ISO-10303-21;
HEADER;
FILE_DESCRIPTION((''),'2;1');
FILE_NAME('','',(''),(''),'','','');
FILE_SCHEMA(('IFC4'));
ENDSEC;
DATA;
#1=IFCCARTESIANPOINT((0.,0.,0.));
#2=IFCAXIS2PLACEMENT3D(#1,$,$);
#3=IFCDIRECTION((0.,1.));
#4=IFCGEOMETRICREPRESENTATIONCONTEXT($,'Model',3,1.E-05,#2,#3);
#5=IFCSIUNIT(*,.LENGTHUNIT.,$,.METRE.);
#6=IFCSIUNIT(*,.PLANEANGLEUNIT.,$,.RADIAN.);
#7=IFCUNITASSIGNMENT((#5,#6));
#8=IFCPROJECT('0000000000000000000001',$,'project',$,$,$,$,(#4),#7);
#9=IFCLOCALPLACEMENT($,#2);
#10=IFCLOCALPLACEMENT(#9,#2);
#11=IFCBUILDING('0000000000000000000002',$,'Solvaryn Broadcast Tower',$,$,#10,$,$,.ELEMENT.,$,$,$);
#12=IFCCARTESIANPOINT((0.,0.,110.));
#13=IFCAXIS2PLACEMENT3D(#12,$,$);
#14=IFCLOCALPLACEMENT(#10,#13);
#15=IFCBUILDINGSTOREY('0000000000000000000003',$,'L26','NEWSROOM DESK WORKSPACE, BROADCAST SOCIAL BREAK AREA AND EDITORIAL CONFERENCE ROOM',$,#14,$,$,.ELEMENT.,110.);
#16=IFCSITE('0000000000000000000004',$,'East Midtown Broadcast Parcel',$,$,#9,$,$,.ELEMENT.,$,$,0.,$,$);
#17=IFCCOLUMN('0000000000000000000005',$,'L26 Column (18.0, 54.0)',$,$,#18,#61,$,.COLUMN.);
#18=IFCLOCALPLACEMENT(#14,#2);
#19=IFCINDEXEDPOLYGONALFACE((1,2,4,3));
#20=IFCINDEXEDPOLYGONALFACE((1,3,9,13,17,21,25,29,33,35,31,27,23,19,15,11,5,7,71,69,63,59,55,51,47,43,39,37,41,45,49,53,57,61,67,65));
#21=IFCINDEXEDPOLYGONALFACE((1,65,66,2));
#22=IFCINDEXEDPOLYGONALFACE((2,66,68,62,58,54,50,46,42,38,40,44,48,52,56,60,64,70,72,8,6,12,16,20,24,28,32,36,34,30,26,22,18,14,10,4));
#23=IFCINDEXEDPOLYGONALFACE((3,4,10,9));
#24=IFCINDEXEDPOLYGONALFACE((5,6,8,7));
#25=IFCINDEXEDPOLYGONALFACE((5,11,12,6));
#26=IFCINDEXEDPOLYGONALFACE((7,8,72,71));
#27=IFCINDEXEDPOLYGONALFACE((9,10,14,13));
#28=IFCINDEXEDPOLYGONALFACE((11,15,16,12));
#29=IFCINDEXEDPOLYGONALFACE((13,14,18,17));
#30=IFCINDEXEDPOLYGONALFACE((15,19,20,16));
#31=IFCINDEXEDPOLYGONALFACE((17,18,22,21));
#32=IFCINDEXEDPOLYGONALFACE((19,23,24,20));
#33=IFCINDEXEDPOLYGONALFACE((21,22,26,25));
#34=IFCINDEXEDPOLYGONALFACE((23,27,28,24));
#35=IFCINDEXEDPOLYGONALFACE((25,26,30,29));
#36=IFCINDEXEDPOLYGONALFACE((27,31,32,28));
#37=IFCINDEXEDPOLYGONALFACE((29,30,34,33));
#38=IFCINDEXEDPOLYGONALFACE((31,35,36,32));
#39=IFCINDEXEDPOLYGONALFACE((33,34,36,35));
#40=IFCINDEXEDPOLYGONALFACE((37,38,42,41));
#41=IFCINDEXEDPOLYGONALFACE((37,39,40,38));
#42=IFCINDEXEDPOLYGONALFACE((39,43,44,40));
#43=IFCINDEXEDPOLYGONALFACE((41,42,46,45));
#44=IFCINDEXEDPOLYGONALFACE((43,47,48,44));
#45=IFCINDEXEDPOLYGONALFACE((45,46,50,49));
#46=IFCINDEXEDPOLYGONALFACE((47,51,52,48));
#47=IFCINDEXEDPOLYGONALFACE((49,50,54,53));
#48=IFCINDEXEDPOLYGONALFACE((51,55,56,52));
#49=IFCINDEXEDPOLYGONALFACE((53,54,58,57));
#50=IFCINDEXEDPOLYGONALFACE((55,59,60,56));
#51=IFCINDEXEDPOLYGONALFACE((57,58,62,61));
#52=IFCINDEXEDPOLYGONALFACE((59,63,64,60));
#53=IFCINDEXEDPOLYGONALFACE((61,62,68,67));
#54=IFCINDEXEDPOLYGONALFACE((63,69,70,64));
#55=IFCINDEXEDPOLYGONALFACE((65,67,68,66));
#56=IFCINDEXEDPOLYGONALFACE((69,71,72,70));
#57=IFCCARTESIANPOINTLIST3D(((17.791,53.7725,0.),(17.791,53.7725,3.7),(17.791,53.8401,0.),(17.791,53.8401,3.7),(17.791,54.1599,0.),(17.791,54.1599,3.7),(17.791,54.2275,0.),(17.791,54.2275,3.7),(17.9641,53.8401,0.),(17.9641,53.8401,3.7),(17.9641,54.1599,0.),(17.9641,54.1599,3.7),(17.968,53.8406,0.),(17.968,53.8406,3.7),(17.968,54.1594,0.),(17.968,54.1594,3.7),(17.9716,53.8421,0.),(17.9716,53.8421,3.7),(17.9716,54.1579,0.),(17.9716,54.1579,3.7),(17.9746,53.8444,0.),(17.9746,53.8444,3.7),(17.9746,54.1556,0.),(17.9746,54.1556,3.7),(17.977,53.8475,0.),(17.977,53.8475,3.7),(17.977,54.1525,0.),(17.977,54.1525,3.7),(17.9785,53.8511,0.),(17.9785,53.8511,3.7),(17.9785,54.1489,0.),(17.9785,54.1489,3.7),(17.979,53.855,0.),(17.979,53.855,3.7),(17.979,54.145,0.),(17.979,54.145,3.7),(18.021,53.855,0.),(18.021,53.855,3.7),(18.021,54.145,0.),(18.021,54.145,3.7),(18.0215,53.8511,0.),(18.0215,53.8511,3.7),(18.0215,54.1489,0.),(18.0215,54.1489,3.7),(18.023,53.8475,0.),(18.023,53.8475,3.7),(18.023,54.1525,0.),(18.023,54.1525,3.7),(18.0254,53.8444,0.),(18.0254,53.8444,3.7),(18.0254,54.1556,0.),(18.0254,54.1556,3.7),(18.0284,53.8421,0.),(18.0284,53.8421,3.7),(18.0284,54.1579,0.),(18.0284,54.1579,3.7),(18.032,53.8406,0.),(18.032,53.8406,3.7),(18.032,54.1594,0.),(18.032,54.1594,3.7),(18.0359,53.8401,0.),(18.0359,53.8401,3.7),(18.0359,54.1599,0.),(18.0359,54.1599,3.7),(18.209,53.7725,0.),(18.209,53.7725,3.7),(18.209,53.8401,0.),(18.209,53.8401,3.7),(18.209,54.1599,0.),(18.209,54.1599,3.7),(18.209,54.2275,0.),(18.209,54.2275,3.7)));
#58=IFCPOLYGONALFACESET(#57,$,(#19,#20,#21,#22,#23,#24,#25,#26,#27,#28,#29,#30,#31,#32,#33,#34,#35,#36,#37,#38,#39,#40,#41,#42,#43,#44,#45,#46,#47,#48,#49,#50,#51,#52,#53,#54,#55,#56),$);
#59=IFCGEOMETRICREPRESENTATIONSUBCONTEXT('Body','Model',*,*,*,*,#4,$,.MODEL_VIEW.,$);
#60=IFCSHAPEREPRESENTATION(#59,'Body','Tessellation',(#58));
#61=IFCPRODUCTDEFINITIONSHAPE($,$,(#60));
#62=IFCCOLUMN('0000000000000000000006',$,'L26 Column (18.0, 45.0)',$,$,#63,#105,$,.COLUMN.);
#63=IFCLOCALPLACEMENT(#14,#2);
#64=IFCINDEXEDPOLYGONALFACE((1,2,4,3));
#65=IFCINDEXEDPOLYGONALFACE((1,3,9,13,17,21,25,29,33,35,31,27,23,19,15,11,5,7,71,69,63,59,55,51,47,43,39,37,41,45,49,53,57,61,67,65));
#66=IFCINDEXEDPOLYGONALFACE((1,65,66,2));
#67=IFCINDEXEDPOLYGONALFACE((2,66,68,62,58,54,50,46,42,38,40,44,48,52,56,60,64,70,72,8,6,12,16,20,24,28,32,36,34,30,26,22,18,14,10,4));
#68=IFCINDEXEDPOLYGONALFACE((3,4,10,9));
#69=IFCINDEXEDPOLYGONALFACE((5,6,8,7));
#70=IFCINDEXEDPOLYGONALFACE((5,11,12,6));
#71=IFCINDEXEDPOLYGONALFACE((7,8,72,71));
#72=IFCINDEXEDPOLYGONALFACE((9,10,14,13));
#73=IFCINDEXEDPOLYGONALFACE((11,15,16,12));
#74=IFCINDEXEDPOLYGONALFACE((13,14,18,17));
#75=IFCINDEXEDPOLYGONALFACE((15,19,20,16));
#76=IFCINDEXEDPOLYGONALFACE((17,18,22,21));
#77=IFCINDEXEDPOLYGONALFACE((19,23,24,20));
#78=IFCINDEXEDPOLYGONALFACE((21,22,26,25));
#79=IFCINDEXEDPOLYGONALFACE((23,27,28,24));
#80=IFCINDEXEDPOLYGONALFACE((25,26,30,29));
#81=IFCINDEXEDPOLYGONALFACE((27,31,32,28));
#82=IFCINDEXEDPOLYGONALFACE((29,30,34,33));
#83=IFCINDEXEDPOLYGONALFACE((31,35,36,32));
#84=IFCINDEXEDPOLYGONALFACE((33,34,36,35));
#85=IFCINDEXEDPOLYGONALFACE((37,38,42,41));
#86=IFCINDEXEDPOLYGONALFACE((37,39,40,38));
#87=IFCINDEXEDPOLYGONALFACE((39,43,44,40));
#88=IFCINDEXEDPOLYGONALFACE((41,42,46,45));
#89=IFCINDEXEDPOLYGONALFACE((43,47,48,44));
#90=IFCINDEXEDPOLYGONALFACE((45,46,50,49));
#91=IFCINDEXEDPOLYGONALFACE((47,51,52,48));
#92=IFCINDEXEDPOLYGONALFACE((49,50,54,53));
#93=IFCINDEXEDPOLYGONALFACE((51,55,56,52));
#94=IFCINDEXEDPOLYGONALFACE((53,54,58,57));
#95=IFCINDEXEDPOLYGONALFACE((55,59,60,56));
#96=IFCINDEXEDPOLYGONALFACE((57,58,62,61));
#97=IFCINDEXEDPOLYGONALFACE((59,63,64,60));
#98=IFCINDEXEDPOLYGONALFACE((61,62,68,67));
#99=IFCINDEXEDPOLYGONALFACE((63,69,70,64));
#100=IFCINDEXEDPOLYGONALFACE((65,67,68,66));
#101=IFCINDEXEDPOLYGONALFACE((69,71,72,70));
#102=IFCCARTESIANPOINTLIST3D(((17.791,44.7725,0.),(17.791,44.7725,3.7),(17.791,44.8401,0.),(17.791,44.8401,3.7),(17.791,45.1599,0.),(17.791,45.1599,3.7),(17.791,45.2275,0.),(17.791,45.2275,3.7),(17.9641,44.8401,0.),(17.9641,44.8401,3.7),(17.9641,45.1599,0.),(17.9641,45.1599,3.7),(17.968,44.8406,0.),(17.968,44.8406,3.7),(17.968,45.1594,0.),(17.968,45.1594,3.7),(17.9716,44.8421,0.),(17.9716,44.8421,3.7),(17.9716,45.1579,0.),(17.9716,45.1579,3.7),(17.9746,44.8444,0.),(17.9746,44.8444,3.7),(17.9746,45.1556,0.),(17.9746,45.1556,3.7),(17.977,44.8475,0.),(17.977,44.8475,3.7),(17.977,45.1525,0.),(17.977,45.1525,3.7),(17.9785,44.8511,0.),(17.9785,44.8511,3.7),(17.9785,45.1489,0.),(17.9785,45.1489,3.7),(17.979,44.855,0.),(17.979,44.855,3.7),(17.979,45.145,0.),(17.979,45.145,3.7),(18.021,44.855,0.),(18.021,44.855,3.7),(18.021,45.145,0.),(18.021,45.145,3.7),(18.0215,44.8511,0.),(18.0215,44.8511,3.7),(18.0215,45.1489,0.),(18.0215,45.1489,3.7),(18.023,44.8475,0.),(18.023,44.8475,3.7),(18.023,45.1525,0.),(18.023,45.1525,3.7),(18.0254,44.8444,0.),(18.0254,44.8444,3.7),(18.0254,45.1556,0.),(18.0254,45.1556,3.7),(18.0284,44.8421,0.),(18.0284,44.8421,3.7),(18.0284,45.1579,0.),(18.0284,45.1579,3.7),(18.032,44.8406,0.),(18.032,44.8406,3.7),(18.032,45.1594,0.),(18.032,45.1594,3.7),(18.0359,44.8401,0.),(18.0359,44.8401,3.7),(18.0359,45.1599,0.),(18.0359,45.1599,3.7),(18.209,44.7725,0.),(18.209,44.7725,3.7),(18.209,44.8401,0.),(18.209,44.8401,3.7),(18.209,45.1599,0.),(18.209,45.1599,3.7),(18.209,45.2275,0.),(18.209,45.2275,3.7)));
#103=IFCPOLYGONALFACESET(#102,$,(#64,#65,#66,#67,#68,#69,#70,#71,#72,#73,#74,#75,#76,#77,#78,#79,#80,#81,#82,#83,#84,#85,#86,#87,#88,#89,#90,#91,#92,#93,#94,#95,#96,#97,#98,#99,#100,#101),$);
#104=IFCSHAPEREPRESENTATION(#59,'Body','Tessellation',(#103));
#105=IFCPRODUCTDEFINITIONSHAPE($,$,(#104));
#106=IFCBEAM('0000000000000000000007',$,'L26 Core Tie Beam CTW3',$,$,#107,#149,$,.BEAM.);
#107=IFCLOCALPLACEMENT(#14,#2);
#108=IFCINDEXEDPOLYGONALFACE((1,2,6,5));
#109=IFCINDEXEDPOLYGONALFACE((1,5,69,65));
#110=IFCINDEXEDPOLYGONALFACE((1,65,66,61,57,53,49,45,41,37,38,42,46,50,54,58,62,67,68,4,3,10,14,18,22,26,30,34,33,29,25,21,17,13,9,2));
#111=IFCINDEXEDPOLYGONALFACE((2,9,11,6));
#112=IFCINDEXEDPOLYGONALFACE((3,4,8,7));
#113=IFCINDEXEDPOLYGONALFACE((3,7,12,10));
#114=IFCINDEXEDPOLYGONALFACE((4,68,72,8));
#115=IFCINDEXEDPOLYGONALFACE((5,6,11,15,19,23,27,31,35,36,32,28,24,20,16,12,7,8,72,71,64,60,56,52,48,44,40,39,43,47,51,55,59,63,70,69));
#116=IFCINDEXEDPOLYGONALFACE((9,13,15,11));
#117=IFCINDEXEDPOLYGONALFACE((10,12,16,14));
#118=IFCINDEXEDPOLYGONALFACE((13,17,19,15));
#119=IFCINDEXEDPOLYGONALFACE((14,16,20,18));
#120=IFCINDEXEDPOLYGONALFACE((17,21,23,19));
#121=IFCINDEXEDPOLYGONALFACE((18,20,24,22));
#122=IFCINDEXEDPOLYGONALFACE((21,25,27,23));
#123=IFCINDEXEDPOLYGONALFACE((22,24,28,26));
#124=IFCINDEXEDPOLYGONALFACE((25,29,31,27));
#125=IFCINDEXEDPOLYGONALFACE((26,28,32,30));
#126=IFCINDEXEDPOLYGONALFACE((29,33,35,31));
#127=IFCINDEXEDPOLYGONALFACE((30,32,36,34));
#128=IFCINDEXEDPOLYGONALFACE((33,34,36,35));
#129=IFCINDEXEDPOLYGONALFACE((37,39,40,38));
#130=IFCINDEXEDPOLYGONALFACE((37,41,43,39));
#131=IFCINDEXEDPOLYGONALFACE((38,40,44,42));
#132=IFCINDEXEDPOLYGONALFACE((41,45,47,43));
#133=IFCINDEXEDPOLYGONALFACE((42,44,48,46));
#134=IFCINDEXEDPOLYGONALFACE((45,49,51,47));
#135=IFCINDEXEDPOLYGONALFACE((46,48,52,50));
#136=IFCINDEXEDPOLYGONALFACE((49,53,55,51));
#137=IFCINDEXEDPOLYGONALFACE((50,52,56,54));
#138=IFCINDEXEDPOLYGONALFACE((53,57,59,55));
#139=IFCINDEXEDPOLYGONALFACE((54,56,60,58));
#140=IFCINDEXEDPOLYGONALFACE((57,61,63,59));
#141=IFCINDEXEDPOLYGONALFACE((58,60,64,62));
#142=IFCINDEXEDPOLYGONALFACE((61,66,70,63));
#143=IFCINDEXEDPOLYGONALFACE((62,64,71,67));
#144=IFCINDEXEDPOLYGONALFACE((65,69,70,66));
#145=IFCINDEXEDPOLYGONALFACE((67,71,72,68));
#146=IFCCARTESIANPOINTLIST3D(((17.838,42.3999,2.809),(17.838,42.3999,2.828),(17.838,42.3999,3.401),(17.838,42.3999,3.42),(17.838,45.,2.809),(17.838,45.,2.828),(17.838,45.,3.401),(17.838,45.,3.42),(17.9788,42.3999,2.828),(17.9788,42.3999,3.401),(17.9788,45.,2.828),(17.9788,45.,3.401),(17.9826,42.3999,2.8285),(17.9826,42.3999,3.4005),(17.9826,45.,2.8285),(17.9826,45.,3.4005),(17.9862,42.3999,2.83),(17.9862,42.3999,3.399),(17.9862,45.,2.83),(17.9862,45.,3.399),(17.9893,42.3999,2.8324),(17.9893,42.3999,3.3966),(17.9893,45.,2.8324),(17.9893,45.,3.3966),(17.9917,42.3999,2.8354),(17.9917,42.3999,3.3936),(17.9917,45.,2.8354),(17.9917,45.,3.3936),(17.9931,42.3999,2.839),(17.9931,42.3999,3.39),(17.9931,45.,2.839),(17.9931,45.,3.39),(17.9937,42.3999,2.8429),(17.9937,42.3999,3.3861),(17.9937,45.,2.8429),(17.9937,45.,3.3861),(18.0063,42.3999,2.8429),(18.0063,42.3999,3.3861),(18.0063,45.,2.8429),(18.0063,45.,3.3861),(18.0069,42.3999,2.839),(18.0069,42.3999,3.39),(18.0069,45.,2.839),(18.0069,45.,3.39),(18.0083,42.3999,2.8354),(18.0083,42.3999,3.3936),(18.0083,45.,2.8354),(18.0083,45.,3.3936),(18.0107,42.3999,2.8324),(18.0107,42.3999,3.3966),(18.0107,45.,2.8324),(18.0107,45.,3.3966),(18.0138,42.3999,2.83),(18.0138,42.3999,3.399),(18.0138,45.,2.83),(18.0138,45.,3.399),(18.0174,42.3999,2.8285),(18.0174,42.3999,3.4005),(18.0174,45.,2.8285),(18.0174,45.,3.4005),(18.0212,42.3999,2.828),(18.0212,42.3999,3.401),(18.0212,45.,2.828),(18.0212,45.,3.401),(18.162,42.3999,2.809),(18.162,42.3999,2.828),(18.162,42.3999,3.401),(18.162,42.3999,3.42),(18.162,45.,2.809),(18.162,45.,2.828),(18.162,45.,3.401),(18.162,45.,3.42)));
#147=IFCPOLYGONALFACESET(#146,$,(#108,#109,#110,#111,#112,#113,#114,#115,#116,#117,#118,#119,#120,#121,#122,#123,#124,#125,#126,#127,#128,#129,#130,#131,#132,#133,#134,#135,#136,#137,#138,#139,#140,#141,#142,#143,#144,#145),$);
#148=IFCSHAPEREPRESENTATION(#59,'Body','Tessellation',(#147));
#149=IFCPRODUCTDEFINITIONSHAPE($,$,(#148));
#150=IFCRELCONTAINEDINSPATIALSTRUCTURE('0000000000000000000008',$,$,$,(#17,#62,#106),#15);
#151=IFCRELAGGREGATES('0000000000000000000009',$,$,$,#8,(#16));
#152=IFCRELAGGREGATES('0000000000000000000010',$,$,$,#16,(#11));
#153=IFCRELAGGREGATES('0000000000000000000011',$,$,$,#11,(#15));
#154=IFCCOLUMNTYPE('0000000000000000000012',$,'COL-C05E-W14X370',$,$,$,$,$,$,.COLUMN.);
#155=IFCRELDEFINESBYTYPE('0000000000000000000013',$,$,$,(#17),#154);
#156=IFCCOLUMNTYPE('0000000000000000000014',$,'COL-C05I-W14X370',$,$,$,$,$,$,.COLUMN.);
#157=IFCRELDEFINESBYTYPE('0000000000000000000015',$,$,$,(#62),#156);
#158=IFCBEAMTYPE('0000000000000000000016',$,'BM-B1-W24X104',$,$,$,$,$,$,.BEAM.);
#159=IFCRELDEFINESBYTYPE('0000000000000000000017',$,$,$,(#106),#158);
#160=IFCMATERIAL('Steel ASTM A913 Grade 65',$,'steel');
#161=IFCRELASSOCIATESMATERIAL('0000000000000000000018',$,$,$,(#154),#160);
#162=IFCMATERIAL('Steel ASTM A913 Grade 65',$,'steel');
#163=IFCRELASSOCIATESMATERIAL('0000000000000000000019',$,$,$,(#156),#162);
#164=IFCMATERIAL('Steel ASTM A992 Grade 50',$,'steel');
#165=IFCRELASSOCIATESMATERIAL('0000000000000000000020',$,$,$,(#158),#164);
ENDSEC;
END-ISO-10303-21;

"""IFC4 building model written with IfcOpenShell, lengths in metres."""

from ifc_helpers import new_model, si_unit, direction, frame, origin, origin_2d, place, context, subcontext, project, spatial, i_section, extrude, material, material_profile, profile_set, type_object, element, save


model = new_model("IFC4")

# Units and contexts
model_context = context("Model", 3, precision=1e-05, world=origin(), true_north=direction((0.0, 1.0)))
body_context = subcontext(model_context, "Body", "Model", "MODEL_VIEW")
ifc_project = project(units=[si_unit("LENGTHUNIT", "METRE"), si_unit("PLANEANGLEUNIT", "RADIAN")], contexts=[model_context])

# Site, building, storey
site_placement = place(None, origin())
site = spatial("IfcSite", under=ifc_project, at=site_placement, Name="East Midtown Broadcast Parcel", CompositionType="ELEMENT", RefElevation=0.0)
building_placement = place(site_placement, origin())
building = spatial("IfcBuilding", under=site, at=building_placement, Name="Solvaryn Broadcast Tower", CompositionType="ELEMENT")
storey_placement = place(building_placement, frame((0.0, 0.0, 110.0)))
storey = spatial("IfcBuildingStorey", under=building, at=storey_placement, Name="L26", Description="NEWSROOM DESK WORKSPACE, BROADCAST SOCIAL BREAK AREA AND EDITORIAL CONFERENCE ROOM", CompositionType="ELEMENT", Elevation=110.0)

# Columns
ifc_material_1 = material(Name="Steel ASTM A913 Grade 65", Category="steel")
ifc_material_profile_1 = material_profile(ifc_material_1, i_section(OverallWidth=0.418, OverallDepth=0.4551, WebThickness=0.042, FlangeThickness=0.0676, FilletRadius=0.0149, at=origin_2d()))
ifc_profile_set_1 = profile_set([ifc_material_profile_1], Name="Steel ASTM A913 Grade 65")
column_type_1 = type_object("IfcColumnType", Name="COL-C05E-W14X370", PredefinedType="COLUMN", material=ifc_profile_set_1)
column_1_placement = place(storey_placement, frame((18.0, 54.0, 0.0), z_axis=(0.0, 0.0, 1.0), x_axis=(1.0, 0.0, 0.0)))
element("IfcColumn", 1, at=column_1_placement, inside=storey, type_object=column_type_1, Name="L26 Column (18.0, 54.0)", PredefinedType="COLUMN", context=body_context, shape_type="SweptSolid", body=[
    extrude(i_section(OverallWidth=0.418, OverallDepth=0.4551, WebThickness=0.042, FlangeThickness=0.0676, FilletRadius=0.0149, at=origin_2d()), origin(), (0.0, 0.0, 1.0), 3.7),
])
ifc_material_2 = material(Name="Steel ASTM A913 Grade 65", Category="steel")
ifc_material_profile_2 = material_profile(ifc_material_2, i_section(OverallWidth=0.418, OverallDepth=0.4551, WebThickness=0.042, FlangeThickness=0.0676, FilletRadius=0.0149, at=origin_2d()))
ifc_profile_set_2 = profile_set([ifc_material_profile_2], Name="Steel ASTM A913 Grade 65")
column_type_2 = type_object("IfcColumnType", Name="COL-C05I-W14X370", PredefinedType="COLUMN", material=ifc_profile_set_2)
column_2_placement = place(storey_placement, frame((18.0, 45.0, 0.0), z_axis=(0.0, 0.0, 1.0), x_axis=(1.0, 0.0, 0.0)))
element("IfcColumn", 2, at=column_2_placement, inside=storey, type_object=column_type_2, Name="L26 Column (18.0, 45.0)", PredefinedType="COLUMN", context=body_context, shape_type="SweptSolid", body=[
    extrude(i_section(OverallWidth=0.418, OverallDepth=0.4551, WebThickness=0.042, FlangeThickness=0.0676, FilletRadius=0.0149, at=origin_2d()), origin(), (0.0, 0.0, 1.0), 3.7),
])

# Beam
ifc_material_3 = material(Name="Steel ASTM A992 Grade 50", Category="steel")
ifc_material_profile_3 = material_profile(ifc_material_3, i_section(OverallWidth=0.324, OverallDepth=0.6111, WebThickness=0.0127, FlangeThickness=0.019, FilletRadius=0.0149, at=origin_2d()))
ifc_profile_set_3 = profile_set([ifc_material_profile_3], Name="Steel ASTM A992 Grade 50")
beam_type_1 = type_object("IfcBeamType", Name="BM-B1-W24X104", PredefinedType="BEAM", material=ifc_profile_set_3)
beam_1_placement = place(storey_placement, frame((18.0, 42.3999, 3.1145), z_axis=(0.0, 1.0, 0.0), x_axis=(-1.0, 0.0, 0.0)))
element("IfcBeam", 3, at=beam_1_placement, inside=storey, type_object=beam_type_1, Name="L26 Core Tie Beam CTW3", PredefinedType="BEAM", context=body_context, shape_type="SweptSolid", body=[
    extrude(i_section(OverallWidth=0.324, OverallDepth=0.6111, WebThickness=0.0127, FlangeThickness=0.019, FilletRadius=0.0149, at=origin_2d()), origin(), (0.0, 0.0, 1.0), 2.6001),
])

save(model, "model.ifc")
